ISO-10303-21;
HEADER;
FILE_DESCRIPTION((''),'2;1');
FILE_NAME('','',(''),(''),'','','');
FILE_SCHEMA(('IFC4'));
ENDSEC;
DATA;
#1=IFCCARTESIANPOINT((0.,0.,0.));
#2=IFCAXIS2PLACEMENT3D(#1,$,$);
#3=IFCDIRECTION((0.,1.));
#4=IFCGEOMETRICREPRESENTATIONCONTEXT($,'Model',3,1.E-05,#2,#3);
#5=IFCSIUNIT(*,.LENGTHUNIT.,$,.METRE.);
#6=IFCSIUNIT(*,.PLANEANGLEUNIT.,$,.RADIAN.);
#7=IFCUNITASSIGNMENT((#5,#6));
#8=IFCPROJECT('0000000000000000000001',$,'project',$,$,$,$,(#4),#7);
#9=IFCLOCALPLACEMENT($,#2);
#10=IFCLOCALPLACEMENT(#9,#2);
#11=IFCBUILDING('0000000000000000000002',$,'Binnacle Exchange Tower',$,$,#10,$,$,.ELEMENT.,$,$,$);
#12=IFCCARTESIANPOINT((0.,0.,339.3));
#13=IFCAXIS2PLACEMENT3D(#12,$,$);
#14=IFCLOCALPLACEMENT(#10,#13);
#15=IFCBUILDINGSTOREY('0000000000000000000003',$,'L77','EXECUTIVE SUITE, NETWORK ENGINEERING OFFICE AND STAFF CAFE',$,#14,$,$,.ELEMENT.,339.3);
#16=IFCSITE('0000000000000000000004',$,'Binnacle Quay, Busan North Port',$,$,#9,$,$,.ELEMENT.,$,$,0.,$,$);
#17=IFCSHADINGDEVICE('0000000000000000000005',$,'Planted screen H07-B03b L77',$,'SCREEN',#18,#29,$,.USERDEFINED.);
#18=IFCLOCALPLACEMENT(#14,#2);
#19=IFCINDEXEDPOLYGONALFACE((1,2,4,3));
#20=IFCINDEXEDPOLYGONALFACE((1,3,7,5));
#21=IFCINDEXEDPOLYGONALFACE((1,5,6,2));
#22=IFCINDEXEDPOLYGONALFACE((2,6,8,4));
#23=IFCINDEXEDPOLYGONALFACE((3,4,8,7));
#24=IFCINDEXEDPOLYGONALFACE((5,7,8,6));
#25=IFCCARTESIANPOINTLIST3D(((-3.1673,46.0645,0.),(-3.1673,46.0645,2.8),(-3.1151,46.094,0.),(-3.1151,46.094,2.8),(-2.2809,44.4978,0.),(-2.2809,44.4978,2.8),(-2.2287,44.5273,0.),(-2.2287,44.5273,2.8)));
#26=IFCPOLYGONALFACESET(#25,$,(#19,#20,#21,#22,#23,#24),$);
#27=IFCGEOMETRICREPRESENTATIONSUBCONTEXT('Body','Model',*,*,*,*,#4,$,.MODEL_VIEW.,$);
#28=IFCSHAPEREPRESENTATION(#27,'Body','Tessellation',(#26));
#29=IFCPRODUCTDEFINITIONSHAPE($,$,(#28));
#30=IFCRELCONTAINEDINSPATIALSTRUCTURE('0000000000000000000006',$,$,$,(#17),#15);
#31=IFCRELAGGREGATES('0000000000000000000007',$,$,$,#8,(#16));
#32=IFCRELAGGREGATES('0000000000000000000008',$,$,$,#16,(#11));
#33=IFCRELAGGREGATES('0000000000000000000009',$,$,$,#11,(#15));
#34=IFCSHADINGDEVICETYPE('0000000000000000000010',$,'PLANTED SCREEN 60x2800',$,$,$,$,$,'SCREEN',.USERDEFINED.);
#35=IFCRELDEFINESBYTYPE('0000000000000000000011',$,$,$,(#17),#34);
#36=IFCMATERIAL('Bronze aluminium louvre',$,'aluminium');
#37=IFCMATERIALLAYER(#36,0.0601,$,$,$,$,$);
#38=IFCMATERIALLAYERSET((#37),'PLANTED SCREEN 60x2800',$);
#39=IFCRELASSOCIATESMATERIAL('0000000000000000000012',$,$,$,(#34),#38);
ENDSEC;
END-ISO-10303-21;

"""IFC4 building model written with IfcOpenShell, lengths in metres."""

from ifc_helpers import new_model, si_unit, direction, frame, origin, origin_2d, place, context, subcontext, project, spatial, rectangle, extrude, material, layer, layer_set, type_object, element, save


model = new_model("IFC4")

# Units and contexts
model_context = context("Model", 3, precision=1e-05, world=origin(), true_north=direction((0.0, 1.0)))
body_context = subcontext(model_context, "Body", "Model", "MODEL_VIEW")
ifc_project = project(units=[si_unit("LENGTHUNIT", "METRE"), si_unit("PLANEANGLEUNIT", "RADIAN")], contexts=[model_context])

# Site, building, storey
site_placement = place(None, origin())
site = spatial("IfcSite", under=ifc_project, at=site_placement, Name="Binnacle Quay, Busan North Port", CompositionType="ELEMENT", RefElevation=0.0)
building_placement = place(site_placement, origin())
building = spatial("IfcBuilding", under=site, at=building_placement, Name="Binnacle Exchange Tower", CompositionType="ELEMENT")
storey_placement = place(building_placement, frame((0.0, 0.0, 339.3)))
storey = spatial("IfcBuildingStorey", under=building, at=storey_placement, Name="L77", Description="EXECUTIVE SUITE, NETWORK ENGINEERING OFFICE AND STAFF CAFE", CompositionType="ELEMENT", Elevation=339.3)

# Shading device
ifc_material_1 = material(Name="Bronze aluminium louvre", Category="aluminium")
ifc_layer_1 = layer(ifc_material_1, 0.0601)
ifc_layer_set_1 = layer_set([ifc_layer_1], Name="PLANTED SCREEN 60x2800")
shading_device_type = type_object("IfcShadingDeviceType", Name="PLANTED SCREEN 60x2800", ElementType="SCREEN", PredefinedType="USERDEFINED", material=ifc_layer_set_1)
shading_device_placement = place(storey_placement, frame((-2.698, 45.2959, 0.0), z_axis=(0.0, 0.0, 1.0), x_axis=(0.870356, 0.492424, 0.0)))
element("IfcShadingDevice", 1, at=shading_device_placement, inside=storey, type_object=shading_device_type, Name="Planted screen H07-B03b L77", ObjectType="SCREEN", PredefinedType="USERDEFINED", context=body_context, shape_type="SweptSolid", body=[
    extrude(rectangle(XDim=0.0601, YDim=1.8, at=origin_2d()), origin(), (0.0, 0.0, 1.0), 2.8),
])

save(model, "model.ifc")
